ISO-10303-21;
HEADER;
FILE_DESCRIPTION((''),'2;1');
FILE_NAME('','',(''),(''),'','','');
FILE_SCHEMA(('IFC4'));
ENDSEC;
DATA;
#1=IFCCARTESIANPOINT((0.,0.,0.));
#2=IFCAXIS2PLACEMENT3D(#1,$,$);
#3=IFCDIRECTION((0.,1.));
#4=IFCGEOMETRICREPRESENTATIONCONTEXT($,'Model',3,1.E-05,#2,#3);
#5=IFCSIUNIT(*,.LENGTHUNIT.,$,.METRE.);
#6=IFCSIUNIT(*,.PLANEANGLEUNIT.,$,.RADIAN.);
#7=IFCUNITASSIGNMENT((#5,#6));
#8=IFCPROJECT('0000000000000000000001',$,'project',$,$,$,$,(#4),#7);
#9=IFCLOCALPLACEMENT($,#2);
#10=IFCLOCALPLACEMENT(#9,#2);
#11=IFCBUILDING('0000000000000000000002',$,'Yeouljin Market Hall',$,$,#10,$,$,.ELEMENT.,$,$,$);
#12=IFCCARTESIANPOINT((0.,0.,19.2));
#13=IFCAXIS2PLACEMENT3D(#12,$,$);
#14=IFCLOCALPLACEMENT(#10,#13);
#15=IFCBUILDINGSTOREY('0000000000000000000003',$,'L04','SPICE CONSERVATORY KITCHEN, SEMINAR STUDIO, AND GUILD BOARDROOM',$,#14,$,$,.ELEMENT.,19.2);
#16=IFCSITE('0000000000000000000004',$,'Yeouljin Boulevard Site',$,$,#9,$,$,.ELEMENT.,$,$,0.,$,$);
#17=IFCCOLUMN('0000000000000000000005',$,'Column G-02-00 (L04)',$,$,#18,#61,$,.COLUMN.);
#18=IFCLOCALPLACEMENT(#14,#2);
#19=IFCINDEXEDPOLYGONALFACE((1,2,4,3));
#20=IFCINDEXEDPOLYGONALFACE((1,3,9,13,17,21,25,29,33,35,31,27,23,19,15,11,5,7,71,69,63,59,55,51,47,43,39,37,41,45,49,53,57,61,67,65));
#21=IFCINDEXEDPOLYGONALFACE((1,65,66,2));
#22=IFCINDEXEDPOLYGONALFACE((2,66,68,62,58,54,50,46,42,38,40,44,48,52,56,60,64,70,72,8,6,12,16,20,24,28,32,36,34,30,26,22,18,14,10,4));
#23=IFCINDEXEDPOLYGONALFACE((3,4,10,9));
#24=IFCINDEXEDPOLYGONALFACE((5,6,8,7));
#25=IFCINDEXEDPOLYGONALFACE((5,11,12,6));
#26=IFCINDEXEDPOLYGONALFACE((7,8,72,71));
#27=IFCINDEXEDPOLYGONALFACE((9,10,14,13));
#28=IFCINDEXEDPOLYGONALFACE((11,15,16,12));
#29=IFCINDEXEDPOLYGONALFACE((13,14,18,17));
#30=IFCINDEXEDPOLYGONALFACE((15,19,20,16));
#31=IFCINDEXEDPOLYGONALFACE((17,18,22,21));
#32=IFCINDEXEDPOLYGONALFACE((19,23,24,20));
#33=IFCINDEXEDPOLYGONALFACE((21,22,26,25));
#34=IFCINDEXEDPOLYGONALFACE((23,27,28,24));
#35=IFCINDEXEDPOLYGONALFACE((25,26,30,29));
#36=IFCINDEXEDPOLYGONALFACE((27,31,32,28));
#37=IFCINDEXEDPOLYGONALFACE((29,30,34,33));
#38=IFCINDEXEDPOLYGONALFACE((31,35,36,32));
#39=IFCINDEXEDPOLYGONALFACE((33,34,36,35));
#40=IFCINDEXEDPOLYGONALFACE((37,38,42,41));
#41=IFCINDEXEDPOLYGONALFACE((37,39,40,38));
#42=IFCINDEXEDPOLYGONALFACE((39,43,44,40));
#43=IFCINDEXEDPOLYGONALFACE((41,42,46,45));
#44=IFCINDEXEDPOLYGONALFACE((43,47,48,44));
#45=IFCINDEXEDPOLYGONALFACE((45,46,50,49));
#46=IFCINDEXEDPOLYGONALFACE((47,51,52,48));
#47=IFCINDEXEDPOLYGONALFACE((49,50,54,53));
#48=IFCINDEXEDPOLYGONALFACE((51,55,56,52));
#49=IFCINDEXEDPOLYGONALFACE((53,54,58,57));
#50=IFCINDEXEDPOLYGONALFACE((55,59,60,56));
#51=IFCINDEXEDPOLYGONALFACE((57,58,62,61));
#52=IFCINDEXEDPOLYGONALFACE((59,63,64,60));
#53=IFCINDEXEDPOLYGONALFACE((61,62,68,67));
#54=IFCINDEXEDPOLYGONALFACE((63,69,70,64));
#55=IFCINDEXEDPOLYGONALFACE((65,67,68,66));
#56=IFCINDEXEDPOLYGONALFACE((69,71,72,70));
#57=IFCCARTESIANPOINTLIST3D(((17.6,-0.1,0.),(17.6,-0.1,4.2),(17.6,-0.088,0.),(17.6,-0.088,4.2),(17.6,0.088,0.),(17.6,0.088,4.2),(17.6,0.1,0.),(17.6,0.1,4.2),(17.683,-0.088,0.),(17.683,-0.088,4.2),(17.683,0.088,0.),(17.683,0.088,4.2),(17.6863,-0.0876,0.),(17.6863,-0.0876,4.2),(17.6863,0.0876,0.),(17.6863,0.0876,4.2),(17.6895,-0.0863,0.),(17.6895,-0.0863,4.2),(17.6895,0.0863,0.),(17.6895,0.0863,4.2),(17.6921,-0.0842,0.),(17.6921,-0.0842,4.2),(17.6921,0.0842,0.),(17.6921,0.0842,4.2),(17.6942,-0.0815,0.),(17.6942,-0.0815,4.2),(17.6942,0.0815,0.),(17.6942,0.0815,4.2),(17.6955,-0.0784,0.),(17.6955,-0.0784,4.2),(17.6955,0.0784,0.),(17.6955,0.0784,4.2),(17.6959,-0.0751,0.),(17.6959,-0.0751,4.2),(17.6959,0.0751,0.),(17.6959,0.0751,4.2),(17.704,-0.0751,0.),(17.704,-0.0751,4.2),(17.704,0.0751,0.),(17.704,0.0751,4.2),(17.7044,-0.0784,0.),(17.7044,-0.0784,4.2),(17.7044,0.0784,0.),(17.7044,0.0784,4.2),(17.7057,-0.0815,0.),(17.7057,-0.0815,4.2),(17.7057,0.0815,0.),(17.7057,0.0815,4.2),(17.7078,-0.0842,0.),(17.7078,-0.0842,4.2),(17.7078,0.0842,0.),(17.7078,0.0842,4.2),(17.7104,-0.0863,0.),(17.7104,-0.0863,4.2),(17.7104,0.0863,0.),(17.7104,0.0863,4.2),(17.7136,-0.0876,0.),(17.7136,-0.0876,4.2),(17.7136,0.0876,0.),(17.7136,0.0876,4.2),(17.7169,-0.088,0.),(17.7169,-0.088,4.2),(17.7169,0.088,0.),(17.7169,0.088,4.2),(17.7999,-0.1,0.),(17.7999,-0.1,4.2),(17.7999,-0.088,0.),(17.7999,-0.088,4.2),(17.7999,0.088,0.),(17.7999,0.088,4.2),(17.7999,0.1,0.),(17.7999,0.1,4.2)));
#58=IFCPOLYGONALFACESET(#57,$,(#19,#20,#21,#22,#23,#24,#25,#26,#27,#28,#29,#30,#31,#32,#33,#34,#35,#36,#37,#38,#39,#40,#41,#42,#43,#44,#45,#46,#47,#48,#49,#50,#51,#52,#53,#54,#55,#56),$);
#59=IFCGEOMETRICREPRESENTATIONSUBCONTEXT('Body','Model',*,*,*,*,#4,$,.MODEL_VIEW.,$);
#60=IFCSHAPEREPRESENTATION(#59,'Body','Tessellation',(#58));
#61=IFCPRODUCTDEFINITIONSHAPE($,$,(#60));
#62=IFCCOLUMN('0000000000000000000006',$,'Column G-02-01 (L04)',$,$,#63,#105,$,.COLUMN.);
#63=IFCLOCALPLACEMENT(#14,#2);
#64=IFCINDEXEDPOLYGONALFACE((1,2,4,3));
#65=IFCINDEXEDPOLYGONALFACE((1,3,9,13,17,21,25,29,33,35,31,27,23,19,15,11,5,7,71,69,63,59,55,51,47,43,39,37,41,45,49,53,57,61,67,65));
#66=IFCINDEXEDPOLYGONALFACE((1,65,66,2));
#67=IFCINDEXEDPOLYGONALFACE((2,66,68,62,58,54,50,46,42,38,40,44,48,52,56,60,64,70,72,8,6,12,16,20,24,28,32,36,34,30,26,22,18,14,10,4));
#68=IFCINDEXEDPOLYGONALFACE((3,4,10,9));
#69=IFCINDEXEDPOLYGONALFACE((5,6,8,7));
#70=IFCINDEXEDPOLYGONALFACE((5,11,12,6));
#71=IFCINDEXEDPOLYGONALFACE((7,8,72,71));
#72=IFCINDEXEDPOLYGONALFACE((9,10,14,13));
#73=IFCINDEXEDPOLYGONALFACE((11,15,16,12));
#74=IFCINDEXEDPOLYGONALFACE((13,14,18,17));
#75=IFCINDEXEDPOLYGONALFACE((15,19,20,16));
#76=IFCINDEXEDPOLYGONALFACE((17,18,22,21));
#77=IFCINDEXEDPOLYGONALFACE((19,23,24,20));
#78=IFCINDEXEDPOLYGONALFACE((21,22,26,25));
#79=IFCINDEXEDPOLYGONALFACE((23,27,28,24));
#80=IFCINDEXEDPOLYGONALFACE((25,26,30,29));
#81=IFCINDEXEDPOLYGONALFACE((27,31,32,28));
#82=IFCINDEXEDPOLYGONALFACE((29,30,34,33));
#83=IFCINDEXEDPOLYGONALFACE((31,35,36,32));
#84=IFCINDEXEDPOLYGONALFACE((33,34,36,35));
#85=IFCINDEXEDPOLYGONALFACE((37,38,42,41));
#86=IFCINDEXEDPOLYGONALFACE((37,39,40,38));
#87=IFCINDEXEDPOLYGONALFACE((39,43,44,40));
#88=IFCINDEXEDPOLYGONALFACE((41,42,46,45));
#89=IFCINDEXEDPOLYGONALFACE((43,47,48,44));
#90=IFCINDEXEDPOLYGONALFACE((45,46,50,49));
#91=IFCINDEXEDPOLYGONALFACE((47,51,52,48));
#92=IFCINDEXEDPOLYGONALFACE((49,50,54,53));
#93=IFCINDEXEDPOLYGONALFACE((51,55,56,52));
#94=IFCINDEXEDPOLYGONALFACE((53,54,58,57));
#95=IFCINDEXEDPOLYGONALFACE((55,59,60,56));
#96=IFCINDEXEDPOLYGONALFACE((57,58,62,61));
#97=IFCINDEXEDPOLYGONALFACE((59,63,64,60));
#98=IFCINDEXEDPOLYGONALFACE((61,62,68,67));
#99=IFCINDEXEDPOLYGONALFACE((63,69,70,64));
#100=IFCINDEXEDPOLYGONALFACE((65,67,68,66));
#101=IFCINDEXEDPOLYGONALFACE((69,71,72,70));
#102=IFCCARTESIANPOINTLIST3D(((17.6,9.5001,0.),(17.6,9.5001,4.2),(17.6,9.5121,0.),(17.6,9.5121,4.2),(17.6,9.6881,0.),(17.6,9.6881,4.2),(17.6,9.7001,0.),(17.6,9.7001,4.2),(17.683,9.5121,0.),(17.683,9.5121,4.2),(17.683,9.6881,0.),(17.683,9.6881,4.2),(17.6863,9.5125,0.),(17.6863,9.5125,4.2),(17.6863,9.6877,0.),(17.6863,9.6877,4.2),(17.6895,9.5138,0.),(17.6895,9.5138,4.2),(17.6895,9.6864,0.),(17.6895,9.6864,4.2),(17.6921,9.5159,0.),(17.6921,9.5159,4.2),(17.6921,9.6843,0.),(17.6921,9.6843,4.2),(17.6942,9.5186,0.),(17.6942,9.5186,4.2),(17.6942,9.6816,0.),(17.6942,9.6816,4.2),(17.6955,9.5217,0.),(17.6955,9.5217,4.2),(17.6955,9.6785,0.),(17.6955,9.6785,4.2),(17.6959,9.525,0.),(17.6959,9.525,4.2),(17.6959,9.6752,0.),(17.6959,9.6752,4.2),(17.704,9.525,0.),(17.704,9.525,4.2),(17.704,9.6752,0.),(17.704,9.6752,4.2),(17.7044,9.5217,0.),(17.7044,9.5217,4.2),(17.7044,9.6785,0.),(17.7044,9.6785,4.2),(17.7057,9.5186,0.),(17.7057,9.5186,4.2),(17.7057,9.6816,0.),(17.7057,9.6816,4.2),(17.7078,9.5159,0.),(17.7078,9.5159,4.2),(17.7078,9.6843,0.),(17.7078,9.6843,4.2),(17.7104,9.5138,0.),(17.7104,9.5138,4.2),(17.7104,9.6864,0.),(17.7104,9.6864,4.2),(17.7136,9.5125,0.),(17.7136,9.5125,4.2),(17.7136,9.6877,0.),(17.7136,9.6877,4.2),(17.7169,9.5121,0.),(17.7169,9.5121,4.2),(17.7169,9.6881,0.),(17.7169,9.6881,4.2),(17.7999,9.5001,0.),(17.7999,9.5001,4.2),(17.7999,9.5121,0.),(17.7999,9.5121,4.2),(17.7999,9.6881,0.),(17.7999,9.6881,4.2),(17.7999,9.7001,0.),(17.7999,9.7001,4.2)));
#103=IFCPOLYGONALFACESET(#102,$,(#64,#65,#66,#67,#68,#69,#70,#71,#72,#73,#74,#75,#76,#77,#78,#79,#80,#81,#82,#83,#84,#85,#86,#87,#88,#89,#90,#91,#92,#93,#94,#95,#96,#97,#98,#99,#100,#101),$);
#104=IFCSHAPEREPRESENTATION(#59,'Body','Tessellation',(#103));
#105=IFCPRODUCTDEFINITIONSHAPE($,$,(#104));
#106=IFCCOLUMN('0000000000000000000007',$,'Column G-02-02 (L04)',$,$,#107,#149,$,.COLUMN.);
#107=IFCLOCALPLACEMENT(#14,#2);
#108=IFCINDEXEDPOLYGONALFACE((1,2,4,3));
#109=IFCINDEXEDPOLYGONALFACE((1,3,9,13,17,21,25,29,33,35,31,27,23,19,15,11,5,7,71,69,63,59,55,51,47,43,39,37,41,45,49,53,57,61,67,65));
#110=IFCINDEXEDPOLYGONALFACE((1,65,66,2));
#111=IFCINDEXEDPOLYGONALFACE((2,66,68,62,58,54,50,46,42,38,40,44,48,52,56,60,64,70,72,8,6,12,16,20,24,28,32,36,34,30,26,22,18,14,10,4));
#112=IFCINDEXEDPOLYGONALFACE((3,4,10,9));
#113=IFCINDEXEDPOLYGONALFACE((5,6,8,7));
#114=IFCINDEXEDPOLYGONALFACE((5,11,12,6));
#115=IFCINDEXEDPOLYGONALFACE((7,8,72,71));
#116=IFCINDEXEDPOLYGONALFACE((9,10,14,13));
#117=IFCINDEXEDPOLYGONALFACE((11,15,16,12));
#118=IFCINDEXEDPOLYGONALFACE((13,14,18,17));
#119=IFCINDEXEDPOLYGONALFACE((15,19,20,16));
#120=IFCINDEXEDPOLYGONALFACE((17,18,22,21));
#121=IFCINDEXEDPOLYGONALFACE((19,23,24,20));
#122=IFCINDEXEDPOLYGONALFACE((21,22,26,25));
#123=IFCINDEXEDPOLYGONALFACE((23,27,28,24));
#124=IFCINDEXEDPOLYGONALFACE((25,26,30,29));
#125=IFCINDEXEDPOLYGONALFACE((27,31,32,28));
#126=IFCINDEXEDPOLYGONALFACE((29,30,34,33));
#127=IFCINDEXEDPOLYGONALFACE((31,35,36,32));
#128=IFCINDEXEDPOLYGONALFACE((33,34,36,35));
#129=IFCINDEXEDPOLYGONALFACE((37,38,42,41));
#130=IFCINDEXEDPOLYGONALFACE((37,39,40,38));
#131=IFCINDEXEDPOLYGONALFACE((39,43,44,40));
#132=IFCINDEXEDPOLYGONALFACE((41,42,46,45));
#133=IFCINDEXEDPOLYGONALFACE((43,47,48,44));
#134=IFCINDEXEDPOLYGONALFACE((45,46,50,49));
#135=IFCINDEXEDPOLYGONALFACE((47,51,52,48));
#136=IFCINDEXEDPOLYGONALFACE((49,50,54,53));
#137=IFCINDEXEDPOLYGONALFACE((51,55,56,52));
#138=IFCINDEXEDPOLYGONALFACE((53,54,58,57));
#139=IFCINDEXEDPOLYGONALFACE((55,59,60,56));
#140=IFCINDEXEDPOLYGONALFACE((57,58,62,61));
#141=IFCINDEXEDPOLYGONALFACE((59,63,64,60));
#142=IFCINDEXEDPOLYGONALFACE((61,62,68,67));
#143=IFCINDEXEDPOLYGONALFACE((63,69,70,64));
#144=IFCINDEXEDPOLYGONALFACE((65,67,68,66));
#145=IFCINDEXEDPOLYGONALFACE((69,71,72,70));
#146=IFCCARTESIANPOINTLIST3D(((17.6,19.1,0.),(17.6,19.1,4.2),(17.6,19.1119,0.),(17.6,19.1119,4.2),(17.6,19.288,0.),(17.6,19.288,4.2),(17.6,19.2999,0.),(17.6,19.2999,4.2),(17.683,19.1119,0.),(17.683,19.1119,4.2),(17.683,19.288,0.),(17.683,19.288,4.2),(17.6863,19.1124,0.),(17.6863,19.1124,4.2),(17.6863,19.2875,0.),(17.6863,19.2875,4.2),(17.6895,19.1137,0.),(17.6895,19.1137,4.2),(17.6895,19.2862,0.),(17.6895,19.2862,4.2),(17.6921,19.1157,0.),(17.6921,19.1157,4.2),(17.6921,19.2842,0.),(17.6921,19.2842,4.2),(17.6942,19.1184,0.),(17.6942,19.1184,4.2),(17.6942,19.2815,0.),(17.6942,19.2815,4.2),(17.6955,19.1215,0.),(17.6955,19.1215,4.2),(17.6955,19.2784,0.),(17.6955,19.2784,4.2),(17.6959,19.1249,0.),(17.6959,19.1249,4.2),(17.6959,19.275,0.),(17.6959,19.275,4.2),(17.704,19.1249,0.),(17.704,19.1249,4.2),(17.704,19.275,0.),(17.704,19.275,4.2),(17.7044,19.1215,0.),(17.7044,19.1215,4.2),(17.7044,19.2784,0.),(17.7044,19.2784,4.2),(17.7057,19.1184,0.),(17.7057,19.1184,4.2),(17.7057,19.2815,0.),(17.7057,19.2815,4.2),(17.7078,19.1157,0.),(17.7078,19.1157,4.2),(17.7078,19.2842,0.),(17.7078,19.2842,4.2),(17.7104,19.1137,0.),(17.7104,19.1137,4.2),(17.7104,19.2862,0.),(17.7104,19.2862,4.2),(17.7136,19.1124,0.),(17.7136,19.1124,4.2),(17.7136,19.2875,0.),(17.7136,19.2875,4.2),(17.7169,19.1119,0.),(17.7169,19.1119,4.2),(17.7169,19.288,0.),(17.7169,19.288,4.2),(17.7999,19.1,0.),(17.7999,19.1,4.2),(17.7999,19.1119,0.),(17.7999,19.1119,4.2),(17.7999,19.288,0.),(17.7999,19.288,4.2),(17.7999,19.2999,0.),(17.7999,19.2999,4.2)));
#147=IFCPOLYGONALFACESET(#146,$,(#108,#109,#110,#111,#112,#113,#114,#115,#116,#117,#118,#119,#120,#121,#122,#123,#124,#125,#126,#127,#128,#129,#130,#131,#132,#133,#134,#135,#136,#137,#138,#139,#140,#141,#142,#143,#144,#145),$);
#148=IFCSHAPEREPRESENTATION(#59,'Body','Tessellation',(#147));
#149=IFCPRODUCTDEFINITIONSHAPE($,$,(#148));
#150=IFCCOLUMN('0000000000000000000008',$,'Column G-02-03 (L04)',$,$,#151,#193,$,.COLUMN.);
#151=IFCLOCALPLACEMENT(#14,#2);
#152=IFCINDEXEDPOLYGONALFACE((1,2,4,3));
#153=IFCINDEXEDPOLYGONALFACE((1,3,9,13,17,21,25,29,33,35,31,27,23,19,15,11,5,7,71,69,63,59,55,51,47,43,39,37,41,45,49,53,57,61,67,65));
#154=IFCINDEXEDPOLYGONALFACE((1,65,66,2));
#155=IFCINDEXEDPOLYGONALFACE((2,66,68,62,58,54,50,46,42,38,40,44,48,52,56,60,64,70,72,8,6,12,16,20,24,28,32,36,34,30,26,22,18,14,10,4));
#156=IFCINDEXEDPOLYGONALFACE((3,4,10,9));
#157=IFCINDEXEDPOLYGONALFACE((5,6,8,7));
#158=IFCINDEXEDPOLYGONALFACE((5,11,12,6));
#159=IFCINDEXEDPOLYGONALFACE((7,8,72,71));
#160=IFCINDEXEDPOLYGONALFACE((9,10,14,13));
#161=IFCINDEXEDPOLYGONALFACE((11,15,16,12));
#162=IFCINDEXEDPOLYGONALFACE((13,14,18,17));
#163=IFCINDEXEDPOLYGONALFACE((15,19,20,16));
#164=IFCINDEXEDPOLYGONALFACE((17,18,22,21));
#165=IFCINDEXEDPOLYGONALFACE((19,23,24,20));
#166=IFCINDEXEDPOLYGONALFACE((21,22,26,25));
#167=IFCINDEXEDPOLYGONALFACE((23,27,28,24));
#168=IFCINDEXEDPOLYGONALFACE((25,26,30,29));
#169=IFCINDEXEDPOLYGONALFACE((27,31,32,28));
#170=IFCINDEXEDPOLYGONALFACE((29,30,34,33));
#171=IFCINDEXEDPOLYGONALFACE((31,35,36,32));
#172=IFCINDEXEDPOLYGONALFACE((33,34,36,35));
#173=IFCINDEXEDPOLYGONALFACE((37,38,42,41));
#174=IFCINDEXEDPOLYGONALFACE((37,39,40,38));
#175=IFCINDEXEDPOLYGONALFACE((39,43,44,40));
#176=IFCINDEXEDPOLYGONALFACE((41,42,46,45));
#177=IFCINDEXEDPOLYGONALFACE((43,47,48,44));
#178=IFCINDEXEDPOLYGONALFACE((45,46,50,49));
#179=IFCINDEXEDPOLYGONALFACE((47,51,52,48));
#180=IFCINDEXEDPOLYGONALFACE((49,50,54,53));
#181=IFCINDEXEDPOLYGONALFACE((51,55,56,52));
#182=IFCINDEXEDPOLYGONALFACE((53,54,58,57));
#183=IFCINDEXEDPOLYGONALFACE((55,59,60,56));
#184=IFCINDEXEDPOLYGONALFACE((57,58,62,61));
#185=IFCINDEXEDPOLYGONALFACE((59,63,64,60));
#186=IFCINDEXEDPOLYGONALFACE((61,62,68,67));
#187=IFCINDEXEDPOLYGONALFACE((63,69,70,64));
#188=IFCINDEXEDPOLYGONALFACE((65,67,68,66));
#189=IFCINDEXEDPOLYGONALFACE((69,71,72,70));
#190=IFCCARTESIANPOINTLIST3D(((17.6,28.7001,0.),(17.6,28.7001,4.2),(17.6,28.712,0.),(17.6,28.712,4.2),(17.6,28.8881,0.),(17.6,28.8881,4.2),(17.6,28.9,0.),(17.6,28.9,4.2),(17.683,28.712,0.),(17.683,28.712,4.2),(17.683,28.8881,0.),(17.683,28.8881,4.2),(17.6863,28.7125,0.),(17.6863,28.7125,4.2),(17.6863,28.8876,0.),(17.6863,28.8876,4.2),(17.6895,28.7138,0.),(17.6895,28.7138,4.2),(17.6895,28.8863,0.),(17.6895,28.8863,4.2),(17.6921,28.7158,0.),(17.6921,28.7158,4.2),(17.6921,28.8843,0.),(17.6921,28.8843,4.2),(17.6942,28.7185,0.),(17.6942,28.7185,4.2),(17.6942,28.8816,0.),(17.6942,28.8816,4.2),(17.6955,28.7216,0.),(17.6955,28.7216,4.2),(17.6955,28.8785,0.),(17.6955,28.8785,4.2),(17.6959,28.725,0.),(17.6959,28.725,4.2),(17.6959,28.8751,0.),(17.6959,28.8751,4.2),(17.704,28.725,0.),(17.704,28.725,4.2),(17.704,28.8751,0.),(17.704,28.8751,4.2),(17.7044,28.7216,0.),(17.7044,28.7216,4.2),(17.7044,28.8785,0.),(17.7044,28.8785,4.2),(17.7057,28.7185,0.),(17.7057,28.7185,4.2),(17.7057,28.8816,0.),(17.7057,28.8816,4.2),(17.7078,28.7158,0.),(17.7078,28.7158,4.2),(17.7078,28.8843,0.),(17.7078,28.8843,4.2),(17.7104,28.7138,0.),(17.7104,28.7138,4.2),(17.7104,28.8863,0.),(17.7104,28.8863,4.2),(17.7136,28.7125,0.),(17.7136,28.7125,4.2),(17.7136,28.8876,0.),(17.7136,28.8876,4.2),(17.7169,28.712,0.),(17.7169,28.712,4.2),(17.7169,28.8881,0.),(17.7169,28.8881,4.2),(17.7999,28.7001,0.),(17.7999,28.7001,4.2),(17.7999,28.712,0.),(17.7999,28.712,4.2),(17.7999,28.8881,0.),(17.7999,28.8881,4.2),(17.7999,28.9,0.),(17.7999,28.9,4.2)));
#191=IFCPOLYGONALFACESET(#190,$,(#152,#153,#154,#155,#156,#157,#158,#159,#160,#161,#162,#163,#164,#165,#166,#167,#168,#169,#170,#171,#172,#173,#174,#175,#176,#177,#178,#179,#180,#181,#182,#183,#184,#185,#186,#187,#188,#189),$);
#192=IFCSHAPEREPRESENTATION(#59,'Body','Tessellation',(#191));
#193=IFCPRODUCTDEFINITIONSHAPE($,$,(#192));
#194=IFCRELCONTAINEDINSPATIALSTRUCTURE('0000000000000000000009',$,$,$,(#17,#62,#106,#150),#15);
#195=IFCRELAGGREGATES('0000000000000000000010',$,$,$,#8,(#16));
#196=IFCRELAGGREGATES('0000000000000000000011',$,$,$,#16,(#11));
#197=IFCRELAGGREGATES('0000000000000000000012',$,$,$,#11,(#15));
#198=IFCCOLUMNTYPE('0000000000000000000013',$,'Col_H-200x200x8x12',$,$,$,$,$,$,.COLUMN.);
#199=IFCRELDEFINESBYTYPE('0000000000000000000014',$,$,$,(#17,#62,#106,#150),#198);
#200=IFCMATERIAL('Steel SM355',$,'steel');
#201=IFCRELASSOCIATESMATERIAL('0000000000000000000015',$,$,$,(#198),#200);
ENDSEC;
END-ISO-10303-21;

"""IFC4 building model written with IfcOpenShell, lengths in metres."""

from ifc_helpers import new_model, si_unit, direction, frame, origin, origin_2d, place, context, subcontext, project, spatial, i_section, extrude, material, material_profile, profile_set, type_object, element, save


model = new_model("IFC4")

# Units and contexts
model_context = context("Model", 3, precision=1e-05, world=origin(), true_north=direction((0.0, 1.0)))
body_context = subcontext(model_context, "Body", "Model", "MODEL_VIEW")
ifc_project = project(units=[si_unit("LENGTHUNIT", "METRE"), si_unit("PLANEANGLEUNIT", "RADIAN")], contexts=[model_context])

# Site, building, storey
site_placement = place(None, origin())
site = spatial("IfcSite", under=ifc_project, at=site_placement, Name="Yeouljin Boulevard Site", CompositionType="ELEMENT", RefElevation=0.0)
building_placement = place(site_placement, origin())
building = spatial("IfcBuilding", under=site, at=building_placement, Name="Yeouljin Market Hall", CompositionType="ELEMENT")
storey_placement = place(building_placement, frame((0.0, 0.0, 19.2)))
storey = spatial("IfcBuildingStorey", under=building, at=storey_placement, Name="L04", Description="SPICE CONSERVATORY KITCHEN, SEMINAR STUDIO, AND GUILD BOARDROOM", CompositionType="ELEMENT", Elevation=19.2)

# Columns
ifc_material_1 = material(Name="Steel SM355", Category="steel")
ifc_material_profile_1 = material_profile(ifc_material_1, i_section(OverallWidth=0.2, OverallDepth=0.2, WebThickness=0.0081, FlangeThickness=0.012, FilletRadius=0.0129, at=origin_2d()), Name="H-200x200x8x12")
ifc_profile_set_1 = profile_set([ifc_material_profile_1], Name="Steel SM355")
column_type = type_object("IfcColumnType", Name="Col_H-200x200x8x12", PredefinedType="COLUMN", material=ifc_profile_set_1)
for number, where, z_axis, x_axis, name in (
    (1, (17.7, 0.0, 0.0), (0.0, 0.0, 1.0), (1.0, 0.0, 0.0), "Column G-02-00 (L04)"),
    (2, (17.7, 9.6001, 0.0), (0.0, 0.0, 1.0), (1.0, 0.0, 0.0), "Column G-02-01 (L04)"),
    (3, (17.7, 19.2, 0.0), (0.0, 0.0, 1.0), (1.0, 0.0, 0.0), "Column G-02-02 (L04)"),
    (4, (17.7, 28.8, 0.0), (0.0, 0.0, 1.0), (1.0, 0.0, 0.0), "Column G-02-03 (L04)"),
):
    element("IfcColumn", number, at=place(storey_placement, frame(where, z_axis=z_axis, x_axis=x_axis)), inside=storey, type_object=column_type, Name=name, PredefinedType="COLUMN", context=body_context, shape_type="SweptSolid", body=[
        extrude(i_section(OverallWidth=0.2, OverallDepth=0.2, WebThickness=0.0081, FlangeThickness=0.012, FilletRadius=0.0129, at=origin_2d()), origin(), (0.0, 0.0, 1.0), 4.2),
    ])

save(model, "model.ifc")
